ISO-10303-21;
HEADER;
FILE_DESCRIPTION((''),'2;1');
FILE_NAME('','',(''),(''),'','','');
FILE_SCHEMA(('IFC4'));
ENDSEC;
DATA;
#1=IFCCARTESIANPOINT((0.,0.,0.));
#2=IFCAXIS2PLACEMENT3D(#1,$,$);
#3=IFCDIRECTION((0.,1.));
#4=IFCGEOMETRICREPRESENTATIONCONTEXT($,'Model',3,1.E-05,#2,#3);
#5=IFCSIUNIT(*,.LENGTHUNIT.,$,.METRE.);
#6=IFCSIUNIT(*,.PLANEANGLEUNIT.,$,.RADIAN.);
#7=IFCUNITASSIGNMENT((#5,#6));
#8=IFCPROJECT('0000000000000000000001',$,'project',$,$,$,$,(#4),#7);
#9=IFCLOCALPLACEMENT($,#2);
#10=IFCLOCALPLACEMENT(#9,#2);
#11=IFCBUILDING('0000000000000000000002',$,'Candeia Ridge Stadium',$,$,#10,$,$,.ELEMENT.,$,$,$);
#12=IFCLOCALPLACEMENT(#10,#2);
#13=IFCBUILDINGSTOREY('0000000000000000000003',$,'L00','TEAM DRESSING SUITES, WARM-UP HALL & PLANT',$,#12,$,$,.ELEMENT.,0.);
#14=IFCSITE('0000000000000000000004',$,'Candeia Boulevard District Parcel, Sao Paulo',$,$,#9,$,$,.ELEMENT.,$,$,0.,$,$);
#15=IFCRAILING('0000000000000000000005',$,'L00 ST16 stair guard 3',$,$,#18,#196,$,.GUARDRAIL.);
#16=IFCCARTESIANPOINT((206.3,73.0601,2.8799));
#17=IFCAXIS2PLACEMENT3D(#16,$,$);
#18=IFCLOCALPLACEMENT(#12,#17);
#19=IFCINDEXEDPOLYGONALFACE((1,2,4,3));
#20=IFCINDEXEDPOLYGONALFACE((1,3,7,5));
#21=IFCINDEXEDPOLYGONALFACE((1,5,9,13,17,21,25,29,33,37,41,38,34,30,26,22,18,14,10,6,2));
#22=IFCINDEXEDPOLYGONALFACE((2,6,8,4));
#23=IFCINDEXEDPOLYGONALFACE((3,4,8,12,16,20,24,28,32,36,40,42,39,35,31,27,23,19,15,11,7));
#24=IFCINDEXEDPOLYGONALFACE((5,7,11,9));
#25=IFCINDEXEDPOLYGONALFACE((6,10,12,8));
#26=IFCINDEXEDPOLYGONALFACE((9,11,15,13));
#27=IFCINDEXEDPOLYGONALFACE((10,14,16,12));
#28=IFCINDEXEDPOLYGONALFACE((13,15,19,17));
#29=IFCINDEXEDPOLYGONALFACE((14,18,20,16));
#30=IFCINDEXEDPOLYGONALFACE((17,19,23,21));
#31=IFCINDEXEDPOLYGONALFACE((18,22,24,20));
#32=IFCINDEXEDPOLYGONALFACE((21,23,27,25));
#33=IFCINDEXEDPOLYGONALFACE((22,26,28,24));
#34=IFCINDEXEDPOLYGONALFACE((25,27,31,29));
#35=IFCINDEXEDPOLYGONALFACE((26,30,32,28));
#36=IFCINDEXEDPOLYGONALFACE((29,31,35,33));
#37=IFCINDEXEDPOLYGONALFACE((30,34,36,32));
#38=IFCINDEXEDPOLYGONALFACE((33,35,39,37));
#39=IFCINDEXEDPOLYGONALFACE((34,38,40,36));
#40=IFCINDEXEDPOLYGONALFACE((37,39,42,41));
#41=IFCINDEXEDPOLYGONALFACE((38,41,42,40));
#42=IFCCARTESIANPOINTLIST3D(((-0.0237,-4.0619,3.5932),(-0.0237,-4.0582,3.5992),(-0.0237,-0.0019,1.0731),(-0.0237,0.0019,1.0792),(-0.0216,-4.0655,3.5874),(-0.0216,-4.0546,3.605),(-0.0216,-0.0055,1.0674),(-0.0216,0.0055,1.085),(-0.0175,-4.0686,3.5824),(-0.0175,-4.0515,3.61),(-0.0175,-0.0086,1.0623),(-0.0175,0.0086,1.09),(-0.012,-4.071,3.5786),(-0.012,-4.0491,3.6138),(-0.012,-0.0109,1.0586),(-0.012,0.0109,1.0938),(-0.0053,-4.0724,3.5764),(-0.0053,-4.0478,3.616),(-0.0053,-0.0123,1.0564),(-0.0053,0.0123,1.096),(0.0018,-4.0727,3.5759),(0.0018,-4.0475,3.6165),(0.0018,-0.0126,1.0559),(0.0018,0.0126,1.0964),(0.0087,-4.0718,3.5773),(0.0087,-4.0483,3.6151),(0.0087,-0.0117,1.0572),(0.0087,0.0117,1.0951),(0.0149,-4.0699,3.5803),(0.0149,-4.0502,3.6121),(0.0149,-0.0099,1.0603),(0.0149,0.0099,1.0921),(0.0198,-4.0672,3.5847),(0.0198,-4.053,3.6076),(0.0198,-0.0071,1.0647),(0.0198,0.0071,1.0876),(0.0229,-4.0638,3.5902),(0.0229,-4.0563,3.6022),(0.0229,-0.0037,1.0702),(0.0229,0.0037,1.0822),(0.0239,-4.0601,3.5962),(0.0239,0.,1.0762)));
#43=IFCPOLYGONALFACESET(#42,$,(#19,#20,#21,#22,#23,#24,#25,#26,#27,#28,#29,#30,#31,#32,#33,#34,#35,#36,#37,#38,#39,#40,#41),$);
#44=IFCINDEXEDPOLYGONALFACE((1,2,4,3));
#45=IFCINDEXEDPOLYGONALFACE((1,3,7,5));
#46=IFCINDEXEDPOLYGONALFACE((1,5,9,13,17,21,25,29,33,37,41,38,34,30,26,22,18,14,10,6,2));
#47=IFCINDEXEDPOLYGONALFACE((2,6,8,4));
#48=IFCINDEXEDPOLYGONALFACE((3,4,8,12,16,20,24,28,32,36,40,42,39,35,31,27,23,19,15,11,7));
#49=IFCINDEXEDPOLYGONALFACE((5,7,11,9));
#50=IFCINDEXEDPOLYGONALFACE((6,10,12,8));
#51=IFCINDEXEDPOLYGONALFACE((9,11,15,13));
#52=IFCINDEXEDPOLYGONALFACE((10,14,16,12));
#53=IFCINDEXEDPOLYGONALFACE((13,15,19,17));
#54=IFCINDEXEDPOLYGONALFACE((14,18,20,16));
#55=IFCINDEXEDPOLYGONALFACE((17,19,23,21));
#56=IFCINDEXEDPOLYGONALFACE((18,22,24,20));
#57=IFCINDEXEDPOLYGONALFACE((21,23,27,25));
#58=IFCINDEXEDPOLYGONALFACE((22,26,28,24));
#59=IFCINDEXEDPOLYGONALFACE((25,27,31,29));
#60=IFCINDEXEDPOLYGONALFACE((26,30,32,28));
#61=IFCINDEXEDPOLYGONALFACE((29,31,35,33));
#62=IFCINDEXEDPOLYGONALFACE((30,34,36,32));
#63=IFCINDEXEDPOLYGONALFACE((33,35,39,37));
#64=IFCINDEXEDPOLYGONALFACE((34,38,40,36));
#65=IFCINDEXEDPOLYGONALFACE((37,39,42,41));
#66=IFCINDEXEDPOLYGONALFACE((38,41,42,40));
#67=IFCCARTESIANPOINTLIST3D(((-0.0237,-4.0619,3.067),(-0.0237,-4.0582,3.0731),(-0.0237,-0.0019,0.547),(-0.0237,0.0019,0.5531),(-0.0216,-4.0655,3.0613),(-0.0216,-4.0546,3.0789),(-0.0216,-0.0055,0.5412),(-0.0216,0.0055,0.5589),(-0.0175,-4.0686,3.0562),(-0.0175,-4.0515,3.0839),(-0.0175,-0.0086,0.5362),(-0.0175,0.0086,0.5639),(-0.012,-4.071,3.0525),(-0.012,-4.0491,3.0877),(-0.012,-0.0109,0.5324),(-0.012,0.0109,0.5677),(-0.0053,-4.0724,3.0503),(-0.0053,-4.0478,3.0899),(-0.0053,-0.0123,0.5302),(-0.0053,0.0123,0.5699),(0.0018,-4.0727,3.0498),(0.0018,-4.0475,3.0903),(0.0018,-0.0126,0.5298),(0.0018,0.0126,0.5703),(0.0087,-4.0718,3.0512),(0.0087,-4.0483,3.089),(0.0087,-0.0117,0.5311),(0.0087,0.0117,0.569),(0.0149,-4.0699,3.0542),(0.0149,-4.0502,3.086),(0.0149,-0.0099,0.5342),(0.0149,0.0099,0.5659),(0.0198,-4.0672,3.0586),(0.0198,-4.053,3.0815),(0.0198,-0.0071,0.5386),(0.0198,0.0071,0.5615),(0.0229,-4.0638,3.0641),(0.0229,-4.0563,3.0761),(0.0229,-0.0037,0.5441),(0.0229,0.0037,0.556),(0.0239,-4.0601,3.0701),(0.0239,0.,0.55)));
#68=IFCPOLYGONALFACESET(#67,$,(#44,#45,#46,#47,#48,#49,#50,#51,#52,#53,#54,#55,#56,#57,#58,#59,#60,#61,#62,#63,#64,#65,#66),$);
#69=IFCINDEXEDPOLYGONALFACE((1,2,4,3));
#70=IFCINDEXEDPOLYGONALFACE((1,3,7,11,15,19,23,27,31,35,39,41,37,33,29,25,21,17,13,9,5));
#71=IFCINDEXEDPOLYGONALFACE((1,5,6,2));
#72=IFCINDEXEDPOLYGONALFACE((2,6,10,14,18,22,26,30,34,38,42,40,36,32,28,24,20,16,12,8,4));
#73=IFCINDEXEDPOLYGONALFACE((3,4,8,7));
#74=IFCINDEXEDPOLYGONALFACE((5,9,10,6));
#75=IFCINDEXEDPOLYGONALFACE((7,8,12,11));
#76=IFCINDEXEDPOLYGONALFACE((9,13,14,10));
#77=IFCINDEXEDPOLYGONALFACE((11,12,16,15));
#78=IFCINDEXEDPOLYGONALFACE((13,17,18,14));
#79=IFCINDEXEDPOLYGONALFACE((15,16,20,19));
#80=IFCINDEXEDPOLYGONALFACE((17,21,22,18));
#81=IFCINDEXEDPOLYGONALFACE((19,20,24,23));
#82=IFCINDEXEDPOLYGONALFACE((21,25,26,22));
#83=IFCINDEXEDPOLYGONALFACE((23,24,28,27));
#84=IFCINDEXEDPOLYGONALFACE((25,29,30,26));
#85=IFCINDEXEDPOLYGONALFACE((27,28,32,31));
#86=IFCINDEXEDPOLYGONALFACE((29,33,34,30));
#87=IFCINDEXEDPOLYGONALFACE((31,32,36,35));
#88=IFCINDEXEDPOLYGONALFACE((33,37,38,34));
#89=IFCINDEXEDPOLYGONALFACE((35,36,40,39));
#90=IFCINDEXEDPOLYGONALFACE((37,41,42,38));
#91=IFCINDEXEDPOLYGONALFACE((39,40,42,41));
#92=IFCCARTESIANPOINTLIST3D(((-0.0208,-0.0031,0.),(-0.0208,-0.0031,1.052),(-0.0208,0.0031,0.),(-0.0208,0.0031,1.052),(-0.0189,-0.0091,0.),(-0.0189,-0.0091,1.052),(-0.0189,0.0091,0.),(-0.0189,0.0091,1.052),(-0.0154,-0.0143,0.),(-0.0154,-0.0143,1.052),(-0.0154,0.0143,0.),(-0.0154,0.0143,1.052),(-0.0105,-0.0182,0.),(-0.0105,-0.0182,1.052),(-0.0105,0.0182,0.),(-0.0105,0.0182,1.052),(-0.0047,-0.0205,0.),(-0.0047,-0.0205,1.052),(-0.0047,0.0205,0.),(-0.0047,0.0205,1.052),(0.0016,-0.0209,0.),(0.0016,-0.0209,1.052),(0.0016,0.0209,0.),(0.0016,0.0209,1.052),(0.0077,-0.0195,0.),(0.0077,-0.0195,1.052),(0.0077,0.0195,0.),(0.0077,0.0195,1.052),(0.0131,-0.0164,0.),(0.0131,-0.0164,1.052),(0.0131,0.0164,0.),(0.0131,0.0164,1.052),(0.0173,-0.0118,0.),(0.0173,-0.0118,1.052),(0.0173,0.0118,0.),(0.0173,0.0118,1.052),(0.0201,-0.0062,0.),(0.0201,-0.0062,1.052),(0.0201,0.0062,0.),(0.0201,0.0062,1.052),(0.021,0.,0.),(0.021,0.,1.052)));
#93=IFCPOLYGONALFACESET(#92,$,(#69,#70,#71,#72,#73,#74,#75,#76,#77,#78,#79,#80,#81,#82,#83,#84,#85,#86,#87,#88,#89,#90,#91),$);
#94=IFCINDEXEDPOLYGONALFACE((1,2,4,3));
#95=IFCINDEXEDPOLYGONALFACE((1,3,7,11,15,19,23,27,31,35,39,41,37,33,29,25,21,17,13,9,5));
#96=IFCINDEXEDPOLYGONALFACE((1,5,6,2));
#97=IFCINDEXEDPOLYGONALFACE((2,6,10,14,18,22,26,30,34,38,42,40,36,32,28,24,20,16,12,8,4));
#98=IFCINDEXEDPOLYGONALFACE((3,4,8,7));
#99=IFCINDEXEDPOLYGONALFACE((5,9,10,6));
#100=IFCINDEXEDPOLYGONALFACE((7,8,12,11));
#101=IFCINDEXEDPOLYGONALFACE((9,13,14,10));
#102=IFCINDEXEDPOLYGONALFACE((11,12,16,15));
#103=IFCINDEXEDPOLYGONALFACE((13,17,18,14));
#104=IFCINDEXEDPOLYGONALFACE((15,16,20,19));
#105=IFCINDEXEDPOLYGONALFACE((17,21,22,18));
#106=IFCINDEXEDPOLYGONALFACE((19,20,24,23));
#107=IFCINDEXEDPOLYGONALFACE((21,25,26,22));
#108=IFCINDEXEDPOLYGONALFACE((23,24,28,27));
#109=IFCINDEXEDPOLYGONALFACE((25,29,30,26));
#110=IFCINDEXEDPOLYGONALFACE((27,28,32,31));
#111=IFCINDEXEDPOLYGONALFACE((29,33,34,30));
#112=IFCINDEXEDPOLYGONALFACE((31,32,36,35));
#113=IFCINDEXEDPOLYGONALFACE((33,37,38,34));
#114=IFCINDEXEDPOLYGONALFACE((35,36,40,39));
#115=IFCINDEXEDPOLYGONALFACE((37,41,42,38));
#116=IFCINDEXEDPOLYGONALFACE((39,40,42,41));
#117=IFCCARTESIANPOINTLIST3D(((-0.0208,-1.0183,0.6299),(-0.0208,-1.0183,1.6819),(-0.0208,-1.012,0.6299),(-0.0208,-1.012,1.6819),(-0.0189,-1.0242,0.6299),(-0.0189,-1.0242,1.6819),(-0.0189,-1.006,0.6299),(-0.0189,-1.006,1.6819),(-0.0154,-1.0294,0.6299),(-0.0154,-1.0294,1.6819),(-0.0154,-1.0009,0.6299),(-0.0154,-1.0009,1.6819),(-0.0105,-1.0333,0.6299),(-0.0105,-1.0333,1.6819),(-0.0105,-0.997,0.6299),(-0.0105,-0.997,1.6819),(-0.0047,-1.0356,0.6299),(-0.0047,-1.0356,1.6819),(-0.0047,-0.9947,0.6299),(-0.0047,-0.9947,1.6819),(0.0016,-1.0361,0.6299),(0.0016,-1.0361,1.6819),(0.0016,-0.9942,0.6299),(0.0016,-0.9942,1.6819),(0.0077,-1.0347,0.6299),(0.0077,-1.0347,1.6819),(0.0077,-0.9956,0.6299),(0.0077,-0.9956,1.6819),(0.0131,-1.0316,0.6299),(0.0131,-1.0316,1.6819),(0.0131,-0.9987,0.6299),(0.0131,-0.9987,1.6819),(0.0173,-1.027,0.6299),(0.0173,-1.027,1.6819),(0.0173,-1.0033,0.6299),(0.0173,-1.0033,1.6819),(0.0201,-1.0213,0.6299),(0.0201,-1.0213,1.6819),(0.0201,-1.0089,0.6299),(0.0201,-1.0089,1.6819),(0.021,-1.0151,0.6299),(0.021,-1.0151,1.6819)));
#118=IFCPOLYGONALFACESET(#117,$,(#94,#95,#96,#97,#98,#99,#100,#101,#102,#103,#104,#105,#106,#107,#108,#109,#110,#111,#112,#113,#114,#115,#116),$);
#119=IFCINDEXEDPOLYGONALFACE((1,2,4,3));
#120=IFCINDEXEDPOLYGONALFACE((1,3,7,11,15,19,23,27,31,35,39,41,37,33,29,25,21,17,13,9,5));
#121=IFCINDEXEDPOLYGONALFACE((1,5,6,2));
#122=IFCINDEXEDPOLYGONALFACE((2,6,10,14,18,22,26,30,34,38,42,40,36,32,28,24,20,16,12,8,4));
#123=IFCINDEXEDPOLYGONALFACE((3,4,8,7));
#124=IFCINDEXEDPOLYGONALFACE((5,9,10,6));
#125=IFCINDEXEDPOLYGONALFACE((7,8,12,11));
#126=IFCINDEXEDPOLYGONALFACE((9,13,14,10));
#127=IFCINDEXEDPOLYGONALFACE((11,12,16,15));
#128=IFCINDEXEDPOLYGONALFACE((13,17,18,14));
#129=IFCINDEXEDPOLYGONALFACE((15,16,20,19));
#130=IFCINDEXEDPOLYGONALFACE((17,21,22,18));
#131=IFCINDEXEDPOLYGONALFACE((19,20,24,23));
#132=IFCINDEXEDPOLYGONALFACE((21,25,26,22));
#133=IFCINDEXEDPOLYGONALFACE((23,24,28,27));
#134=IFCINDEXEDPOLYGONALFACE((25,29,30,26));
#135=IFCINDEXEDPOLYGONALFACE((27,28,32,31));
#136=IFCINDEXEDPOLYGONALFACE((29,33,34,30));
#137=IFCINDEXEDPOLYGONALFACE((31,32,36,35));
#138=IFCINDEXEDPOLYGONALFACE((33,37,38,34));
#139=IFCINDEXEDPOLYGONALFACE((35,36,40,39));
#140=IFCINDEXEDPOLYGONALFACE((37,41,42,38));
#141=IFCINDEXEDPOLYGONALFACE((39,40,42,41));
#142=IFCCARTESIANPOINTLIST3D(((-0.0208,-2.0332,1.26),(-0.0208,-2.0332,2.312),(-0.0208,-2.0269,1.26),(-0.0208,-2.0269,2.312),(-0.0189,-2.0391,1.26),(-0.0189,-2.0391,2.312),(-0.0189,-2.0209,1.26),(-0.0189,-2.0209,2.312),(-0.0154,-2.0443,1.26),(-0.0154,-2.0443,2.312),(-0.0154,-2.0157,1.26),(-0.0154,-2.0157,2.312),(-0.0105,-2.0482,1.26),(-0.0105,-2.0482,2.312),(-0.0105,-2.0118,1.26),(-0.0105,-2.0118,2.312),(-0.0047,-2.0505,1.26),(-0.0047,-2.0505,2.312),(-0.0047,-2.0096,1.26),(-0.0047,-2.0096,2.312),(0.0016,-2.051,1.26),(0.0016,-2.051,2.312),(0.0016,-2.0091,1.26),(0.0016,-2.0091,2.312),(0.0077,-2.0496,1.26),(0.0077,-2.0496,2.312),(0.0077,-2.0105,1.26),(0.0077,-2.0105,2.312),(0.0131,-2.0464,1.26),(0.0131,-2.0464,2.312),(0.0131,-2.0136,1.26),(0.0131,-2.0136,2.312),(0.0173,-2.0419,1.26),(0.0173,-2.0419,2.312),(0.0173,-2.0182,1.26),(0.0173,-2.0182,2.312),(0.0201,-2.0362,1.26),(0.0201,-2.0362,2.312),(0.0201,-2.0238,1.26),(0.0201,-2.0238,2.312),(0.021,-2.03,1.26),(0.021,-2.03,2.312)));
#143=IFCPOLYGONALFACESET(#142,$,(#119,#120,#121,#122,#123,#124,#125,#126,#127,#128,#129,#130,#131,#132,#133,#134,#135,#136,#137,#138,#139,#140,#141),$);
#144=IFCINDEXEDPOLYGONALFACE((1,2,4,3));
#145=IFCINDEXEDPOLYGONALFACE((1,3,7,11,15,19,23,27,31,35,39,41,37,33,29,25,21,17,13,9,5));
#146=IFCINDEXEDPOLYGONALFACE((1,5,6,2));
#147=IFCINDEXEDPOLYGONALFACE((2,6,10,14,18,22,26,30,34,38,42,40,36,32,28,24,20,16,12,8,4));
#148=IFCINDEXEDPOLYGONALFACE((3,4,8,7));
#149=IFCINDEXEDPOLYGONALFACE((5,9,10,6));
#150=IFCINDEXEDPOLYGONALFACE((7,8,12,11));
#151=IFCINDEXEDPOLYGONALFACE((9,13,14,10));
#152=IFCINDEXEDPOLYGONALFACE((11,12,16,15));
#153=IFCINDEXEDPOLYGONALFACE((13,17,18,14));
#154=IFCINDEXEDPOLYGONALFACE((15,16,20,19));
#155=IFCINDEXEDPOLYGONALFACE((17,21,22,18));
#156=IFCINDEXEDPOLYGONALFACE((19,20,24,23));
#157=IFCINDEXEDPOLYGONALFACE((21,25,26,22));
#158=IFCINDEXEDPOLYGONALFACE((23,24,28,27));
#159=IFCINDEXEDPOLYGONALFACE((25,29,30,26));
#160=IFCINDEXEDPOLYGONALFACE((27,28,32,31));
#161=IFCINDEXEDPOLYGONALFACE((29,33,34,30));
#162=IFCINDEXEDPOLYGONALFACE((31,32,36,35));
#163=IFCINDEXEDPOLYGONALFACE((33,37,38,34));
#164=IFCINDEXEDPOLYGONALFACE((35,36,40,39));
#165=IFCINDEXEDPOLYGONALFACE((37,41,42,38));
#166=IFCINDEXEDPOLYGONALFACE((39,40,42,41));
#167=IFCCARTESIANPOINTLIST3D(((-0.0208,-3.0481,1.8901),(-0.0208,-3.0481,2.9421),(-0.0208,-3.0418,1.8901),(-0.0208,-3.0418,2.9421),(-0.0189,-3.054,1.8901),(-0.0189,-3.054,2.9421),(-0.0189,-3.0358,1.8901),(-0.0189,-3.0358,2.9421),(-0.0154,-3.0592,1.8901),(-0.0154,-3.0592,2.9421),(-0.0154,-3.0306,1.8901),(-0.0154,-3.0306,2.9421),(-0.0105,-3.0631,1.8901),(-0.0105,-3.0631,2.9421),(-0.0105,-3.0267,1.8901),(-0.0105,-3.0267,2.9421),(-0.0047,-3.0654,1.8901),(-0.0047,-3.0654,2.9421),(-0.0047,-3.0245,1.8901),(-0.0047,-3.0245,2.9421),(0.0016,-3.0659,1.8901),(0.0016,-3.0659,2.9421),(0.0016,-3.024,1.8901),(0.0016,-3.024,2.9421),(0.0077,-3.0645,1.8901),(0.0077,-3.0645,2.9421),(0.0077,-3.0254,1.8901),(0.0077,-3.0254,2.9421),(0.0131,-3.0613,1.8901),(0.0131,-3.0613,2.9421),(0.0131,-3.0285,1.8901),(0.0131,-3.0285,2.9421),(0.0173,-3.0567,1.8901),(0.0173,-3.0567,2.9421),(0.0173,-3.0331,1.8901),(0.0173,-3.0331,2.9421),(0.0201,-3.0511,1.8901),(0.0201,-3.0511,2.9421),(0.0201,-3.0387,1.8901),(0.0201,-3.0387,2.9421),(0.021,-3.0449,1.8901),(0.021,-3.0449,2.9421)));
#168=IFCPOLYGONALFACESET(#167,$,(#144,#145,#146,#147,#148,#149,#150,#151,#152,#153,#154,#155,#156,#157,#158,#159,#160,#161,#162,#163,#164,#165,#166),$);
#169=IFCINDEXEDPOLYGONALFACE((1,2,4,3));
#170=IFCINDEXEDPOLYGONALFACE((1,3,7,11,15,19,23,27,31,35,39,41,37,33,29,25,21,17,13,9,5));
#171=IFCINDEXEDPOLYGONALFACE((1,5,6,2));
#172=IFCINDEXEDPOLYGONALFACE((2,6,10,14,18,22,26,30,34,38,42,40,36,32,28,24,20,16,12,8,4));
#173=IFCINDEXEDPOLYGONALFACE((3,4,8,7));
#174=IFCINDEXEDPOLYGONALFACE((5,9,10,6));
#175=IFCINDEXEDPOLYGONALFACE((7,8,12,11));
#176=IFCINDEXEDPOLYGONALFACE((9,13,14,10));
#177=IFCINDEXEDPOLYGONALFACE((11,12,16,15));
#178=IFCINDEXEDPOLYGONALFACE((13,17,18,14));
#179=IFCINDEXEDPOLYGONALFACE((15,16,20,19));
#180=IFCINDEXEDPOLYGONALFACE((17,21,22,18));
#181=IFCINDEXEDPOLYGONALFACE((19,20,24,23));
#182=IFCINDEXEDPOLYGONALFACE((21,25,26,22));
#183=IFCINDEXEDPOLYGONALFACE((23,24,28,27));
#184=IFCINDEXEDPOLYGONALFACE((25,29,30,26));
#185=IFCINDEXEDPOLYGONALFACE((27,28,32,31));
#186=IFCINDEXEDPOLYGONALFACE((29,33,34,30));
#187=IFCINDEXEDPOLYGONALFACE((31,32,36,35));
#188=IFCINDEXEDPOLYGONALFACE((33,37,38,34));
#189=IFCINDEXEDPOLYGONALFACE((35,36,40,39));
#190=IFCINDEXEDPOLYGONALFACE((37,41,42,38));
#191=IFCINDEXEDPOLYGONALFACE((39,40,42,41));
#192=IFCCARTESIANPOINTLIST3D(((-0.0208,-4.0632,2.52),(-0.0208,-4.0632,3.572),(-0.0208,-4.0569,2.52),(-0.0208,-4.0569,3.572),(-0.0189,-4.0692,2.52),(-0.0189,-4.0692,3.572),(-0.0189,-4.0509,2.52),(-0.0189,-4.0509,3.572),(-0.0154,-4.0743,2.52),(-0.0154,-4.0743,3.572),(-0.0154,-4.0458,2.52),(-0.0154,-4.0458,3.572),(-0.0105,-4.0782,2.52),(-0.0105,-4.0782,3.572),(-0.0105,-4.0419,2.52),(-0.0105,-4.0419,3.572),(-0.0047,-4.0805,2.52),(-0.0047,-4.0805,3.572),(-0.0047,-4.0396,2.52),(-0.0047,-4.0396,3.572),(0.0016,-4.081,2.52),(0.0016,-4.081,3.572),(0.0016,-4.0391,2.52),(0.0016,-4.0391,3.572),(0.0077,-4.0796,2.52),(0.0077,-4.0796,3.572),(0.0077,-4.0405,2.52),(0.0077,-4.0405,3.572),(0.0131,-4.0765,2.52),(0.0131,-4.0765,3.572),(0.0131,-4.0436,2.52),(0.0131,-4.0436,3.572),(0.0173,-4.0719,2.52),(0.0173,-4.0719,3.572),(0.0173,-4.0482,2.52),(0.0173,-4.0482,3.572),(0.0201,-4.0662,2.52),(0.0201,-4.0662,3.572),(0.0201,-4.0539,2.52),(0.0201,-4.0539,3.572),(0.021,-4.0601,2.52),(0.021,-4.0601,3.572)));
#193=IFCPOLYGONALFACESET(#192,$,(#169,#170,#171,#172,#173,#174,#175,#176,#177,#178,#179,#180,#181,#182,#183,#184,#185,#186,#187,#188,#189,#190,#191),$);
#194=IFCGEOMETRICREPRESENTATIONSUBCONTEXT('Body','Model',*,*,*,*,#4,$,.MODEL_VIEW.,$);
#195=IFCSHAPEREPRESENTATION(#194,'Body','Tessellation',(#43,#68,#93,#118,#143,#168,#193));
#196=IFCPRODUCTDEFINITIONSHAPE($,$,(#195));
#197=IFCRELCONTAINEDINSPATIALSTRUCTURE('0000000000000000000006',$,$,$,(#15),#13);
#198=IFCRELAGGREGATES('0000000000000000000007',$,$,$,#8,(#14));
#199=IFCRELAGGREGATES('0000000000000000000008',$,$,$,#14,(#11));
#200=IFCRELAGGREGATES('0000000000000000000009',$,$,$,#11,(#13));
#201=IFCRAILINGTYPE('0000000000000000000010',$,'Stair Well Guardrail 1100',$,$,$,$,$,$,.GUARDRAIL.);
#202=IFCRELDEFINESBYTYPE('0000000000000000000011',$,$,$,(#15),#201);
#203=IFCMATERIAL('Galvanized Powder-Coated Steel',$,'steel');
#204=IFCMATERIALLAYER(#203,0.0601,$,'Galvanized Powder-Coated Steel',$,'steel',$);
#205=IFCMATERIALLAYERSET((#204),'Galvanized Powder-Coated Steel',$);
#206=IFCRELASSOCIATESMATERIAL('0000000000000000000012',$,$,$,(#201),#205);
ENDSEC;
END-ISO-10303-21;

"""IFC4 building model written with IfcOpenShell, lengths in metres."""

from ifc_helpers import new_model, si_unit, direction, frame, origin, origin_2d, place, context, subcontext, project, spatial, circle, extrude, material, layer, layer_set, type_object, element, save


model = new_model("IFC4")

# Units and contexts
model_context = context("Model", 3, precision=1e-05, world=origin(), true_north=direction((0.0, 1.0)))
body_context = subcontext(model_context, "Body", "Model", "MODEL_VIEW")
ifc_project = project(units=[si_unit("LENGTHUNIT", "METRE"), si_unit("PLANEANGLEUNIT", "RADIAN")], contexts=[model_context])

# Site, building, storey
site_placement = place(None, origin())
site = spatial("IfcSite", under=ifc_project, at=site_placement, Name="Candeia Boulevard District Parcel, Sao Paulo", CompositionType="ELEMENT", RefElevation=0.0)
building_placement = place(site_placement, origin())
building = spatial("IfcBuilding", under=site, at=building_placement, Name="Candeia Ridge Stadium", CompositionType="ELEMENT")
storey_placement = place(building_placement, origin())
storey = spatial("IfcBuildingStorey", under=building, at=storey_placement, Name="L00", Description="TEAM DRESSING SUITES, WARM-UP HALL & PLANT", CompositionType="ELEMENT", Elevation=0.0)

# Railing
ifc_material_1 = material(Name="Galvanized Powder-Coated Steel", Category="steel")
ifc_layer_1 = layer(ifc_material_1, 0.0601, Name="Galvanized Powder-Coated Steel", Category="steel")
ifc_layer_set_1 = layer_set([ifc_layer_1], Name="Galvanized Powder-Coated Steel")
railing_type_1 = type_object("IfcRailingType", Name="Stair Well Guardrail 1100", PredefinedType="GUARDRAIL", material=ifc_layer_set_1)
railing_1_placement = place(storey_placement, frame((206.3, 73.0601, 2.8799)))
element("IfcRailing", 1, at=railing_1_placement, inside=storey, type_object=railing_type_1, Name="L00 ST16 stair guard 3", PredefinedType="GUARDRAIL", context=body_context, shape_type="SweptSolid", body=[
    extrude(circle(Radius=0.0239, at=origin_2d()), frame((0.0, 0.0, 1.0762), z_axis=(0.0, -0.849642, 0.52736), x_axis=(1.0, 0.0, 0.0)), (0.0, 0.0, 1.0), 4.7786),
    extrude(circle(Radius=0.0239, at=origin_2d()), frame((0.0, 0.0, 0.55), z_axis=(0.0, -0.849642, 0.52736), x_axis=(1.0, 0.0, 0.0)), (0.0, 0.0, 1.0), 4.7786),
    extrude(circle(Radius=0.021, at=origin_2d()), origin(), (0.0, 0.0, 1.0), 1.052),
    extrude(circle(Radius=0.021, at=origin_2d()), frame((0.0, -1.0151, 0.6299)), (0.0, 0.0, 1.0), 1.052),
    extrude(circle(Radius=0.021, at=origin_2d()), frame((0.0, -2.03, 1.26)), (0.0, 0.0, 1.0), 1.052),
    extrude(circle(Radius=0.021, at=origin_2d()), frame((0.0, -3.0449, 1.8901)), (0.0, 0.0, 1.0), 1.052),
    extrude(circle(Radius=0.021, at=origin_2d()), frame((0.0, -4.0601, 2.52)), (0.0, 0.0, 1.0), 1.052),
])

save(model, "model.ifc")
